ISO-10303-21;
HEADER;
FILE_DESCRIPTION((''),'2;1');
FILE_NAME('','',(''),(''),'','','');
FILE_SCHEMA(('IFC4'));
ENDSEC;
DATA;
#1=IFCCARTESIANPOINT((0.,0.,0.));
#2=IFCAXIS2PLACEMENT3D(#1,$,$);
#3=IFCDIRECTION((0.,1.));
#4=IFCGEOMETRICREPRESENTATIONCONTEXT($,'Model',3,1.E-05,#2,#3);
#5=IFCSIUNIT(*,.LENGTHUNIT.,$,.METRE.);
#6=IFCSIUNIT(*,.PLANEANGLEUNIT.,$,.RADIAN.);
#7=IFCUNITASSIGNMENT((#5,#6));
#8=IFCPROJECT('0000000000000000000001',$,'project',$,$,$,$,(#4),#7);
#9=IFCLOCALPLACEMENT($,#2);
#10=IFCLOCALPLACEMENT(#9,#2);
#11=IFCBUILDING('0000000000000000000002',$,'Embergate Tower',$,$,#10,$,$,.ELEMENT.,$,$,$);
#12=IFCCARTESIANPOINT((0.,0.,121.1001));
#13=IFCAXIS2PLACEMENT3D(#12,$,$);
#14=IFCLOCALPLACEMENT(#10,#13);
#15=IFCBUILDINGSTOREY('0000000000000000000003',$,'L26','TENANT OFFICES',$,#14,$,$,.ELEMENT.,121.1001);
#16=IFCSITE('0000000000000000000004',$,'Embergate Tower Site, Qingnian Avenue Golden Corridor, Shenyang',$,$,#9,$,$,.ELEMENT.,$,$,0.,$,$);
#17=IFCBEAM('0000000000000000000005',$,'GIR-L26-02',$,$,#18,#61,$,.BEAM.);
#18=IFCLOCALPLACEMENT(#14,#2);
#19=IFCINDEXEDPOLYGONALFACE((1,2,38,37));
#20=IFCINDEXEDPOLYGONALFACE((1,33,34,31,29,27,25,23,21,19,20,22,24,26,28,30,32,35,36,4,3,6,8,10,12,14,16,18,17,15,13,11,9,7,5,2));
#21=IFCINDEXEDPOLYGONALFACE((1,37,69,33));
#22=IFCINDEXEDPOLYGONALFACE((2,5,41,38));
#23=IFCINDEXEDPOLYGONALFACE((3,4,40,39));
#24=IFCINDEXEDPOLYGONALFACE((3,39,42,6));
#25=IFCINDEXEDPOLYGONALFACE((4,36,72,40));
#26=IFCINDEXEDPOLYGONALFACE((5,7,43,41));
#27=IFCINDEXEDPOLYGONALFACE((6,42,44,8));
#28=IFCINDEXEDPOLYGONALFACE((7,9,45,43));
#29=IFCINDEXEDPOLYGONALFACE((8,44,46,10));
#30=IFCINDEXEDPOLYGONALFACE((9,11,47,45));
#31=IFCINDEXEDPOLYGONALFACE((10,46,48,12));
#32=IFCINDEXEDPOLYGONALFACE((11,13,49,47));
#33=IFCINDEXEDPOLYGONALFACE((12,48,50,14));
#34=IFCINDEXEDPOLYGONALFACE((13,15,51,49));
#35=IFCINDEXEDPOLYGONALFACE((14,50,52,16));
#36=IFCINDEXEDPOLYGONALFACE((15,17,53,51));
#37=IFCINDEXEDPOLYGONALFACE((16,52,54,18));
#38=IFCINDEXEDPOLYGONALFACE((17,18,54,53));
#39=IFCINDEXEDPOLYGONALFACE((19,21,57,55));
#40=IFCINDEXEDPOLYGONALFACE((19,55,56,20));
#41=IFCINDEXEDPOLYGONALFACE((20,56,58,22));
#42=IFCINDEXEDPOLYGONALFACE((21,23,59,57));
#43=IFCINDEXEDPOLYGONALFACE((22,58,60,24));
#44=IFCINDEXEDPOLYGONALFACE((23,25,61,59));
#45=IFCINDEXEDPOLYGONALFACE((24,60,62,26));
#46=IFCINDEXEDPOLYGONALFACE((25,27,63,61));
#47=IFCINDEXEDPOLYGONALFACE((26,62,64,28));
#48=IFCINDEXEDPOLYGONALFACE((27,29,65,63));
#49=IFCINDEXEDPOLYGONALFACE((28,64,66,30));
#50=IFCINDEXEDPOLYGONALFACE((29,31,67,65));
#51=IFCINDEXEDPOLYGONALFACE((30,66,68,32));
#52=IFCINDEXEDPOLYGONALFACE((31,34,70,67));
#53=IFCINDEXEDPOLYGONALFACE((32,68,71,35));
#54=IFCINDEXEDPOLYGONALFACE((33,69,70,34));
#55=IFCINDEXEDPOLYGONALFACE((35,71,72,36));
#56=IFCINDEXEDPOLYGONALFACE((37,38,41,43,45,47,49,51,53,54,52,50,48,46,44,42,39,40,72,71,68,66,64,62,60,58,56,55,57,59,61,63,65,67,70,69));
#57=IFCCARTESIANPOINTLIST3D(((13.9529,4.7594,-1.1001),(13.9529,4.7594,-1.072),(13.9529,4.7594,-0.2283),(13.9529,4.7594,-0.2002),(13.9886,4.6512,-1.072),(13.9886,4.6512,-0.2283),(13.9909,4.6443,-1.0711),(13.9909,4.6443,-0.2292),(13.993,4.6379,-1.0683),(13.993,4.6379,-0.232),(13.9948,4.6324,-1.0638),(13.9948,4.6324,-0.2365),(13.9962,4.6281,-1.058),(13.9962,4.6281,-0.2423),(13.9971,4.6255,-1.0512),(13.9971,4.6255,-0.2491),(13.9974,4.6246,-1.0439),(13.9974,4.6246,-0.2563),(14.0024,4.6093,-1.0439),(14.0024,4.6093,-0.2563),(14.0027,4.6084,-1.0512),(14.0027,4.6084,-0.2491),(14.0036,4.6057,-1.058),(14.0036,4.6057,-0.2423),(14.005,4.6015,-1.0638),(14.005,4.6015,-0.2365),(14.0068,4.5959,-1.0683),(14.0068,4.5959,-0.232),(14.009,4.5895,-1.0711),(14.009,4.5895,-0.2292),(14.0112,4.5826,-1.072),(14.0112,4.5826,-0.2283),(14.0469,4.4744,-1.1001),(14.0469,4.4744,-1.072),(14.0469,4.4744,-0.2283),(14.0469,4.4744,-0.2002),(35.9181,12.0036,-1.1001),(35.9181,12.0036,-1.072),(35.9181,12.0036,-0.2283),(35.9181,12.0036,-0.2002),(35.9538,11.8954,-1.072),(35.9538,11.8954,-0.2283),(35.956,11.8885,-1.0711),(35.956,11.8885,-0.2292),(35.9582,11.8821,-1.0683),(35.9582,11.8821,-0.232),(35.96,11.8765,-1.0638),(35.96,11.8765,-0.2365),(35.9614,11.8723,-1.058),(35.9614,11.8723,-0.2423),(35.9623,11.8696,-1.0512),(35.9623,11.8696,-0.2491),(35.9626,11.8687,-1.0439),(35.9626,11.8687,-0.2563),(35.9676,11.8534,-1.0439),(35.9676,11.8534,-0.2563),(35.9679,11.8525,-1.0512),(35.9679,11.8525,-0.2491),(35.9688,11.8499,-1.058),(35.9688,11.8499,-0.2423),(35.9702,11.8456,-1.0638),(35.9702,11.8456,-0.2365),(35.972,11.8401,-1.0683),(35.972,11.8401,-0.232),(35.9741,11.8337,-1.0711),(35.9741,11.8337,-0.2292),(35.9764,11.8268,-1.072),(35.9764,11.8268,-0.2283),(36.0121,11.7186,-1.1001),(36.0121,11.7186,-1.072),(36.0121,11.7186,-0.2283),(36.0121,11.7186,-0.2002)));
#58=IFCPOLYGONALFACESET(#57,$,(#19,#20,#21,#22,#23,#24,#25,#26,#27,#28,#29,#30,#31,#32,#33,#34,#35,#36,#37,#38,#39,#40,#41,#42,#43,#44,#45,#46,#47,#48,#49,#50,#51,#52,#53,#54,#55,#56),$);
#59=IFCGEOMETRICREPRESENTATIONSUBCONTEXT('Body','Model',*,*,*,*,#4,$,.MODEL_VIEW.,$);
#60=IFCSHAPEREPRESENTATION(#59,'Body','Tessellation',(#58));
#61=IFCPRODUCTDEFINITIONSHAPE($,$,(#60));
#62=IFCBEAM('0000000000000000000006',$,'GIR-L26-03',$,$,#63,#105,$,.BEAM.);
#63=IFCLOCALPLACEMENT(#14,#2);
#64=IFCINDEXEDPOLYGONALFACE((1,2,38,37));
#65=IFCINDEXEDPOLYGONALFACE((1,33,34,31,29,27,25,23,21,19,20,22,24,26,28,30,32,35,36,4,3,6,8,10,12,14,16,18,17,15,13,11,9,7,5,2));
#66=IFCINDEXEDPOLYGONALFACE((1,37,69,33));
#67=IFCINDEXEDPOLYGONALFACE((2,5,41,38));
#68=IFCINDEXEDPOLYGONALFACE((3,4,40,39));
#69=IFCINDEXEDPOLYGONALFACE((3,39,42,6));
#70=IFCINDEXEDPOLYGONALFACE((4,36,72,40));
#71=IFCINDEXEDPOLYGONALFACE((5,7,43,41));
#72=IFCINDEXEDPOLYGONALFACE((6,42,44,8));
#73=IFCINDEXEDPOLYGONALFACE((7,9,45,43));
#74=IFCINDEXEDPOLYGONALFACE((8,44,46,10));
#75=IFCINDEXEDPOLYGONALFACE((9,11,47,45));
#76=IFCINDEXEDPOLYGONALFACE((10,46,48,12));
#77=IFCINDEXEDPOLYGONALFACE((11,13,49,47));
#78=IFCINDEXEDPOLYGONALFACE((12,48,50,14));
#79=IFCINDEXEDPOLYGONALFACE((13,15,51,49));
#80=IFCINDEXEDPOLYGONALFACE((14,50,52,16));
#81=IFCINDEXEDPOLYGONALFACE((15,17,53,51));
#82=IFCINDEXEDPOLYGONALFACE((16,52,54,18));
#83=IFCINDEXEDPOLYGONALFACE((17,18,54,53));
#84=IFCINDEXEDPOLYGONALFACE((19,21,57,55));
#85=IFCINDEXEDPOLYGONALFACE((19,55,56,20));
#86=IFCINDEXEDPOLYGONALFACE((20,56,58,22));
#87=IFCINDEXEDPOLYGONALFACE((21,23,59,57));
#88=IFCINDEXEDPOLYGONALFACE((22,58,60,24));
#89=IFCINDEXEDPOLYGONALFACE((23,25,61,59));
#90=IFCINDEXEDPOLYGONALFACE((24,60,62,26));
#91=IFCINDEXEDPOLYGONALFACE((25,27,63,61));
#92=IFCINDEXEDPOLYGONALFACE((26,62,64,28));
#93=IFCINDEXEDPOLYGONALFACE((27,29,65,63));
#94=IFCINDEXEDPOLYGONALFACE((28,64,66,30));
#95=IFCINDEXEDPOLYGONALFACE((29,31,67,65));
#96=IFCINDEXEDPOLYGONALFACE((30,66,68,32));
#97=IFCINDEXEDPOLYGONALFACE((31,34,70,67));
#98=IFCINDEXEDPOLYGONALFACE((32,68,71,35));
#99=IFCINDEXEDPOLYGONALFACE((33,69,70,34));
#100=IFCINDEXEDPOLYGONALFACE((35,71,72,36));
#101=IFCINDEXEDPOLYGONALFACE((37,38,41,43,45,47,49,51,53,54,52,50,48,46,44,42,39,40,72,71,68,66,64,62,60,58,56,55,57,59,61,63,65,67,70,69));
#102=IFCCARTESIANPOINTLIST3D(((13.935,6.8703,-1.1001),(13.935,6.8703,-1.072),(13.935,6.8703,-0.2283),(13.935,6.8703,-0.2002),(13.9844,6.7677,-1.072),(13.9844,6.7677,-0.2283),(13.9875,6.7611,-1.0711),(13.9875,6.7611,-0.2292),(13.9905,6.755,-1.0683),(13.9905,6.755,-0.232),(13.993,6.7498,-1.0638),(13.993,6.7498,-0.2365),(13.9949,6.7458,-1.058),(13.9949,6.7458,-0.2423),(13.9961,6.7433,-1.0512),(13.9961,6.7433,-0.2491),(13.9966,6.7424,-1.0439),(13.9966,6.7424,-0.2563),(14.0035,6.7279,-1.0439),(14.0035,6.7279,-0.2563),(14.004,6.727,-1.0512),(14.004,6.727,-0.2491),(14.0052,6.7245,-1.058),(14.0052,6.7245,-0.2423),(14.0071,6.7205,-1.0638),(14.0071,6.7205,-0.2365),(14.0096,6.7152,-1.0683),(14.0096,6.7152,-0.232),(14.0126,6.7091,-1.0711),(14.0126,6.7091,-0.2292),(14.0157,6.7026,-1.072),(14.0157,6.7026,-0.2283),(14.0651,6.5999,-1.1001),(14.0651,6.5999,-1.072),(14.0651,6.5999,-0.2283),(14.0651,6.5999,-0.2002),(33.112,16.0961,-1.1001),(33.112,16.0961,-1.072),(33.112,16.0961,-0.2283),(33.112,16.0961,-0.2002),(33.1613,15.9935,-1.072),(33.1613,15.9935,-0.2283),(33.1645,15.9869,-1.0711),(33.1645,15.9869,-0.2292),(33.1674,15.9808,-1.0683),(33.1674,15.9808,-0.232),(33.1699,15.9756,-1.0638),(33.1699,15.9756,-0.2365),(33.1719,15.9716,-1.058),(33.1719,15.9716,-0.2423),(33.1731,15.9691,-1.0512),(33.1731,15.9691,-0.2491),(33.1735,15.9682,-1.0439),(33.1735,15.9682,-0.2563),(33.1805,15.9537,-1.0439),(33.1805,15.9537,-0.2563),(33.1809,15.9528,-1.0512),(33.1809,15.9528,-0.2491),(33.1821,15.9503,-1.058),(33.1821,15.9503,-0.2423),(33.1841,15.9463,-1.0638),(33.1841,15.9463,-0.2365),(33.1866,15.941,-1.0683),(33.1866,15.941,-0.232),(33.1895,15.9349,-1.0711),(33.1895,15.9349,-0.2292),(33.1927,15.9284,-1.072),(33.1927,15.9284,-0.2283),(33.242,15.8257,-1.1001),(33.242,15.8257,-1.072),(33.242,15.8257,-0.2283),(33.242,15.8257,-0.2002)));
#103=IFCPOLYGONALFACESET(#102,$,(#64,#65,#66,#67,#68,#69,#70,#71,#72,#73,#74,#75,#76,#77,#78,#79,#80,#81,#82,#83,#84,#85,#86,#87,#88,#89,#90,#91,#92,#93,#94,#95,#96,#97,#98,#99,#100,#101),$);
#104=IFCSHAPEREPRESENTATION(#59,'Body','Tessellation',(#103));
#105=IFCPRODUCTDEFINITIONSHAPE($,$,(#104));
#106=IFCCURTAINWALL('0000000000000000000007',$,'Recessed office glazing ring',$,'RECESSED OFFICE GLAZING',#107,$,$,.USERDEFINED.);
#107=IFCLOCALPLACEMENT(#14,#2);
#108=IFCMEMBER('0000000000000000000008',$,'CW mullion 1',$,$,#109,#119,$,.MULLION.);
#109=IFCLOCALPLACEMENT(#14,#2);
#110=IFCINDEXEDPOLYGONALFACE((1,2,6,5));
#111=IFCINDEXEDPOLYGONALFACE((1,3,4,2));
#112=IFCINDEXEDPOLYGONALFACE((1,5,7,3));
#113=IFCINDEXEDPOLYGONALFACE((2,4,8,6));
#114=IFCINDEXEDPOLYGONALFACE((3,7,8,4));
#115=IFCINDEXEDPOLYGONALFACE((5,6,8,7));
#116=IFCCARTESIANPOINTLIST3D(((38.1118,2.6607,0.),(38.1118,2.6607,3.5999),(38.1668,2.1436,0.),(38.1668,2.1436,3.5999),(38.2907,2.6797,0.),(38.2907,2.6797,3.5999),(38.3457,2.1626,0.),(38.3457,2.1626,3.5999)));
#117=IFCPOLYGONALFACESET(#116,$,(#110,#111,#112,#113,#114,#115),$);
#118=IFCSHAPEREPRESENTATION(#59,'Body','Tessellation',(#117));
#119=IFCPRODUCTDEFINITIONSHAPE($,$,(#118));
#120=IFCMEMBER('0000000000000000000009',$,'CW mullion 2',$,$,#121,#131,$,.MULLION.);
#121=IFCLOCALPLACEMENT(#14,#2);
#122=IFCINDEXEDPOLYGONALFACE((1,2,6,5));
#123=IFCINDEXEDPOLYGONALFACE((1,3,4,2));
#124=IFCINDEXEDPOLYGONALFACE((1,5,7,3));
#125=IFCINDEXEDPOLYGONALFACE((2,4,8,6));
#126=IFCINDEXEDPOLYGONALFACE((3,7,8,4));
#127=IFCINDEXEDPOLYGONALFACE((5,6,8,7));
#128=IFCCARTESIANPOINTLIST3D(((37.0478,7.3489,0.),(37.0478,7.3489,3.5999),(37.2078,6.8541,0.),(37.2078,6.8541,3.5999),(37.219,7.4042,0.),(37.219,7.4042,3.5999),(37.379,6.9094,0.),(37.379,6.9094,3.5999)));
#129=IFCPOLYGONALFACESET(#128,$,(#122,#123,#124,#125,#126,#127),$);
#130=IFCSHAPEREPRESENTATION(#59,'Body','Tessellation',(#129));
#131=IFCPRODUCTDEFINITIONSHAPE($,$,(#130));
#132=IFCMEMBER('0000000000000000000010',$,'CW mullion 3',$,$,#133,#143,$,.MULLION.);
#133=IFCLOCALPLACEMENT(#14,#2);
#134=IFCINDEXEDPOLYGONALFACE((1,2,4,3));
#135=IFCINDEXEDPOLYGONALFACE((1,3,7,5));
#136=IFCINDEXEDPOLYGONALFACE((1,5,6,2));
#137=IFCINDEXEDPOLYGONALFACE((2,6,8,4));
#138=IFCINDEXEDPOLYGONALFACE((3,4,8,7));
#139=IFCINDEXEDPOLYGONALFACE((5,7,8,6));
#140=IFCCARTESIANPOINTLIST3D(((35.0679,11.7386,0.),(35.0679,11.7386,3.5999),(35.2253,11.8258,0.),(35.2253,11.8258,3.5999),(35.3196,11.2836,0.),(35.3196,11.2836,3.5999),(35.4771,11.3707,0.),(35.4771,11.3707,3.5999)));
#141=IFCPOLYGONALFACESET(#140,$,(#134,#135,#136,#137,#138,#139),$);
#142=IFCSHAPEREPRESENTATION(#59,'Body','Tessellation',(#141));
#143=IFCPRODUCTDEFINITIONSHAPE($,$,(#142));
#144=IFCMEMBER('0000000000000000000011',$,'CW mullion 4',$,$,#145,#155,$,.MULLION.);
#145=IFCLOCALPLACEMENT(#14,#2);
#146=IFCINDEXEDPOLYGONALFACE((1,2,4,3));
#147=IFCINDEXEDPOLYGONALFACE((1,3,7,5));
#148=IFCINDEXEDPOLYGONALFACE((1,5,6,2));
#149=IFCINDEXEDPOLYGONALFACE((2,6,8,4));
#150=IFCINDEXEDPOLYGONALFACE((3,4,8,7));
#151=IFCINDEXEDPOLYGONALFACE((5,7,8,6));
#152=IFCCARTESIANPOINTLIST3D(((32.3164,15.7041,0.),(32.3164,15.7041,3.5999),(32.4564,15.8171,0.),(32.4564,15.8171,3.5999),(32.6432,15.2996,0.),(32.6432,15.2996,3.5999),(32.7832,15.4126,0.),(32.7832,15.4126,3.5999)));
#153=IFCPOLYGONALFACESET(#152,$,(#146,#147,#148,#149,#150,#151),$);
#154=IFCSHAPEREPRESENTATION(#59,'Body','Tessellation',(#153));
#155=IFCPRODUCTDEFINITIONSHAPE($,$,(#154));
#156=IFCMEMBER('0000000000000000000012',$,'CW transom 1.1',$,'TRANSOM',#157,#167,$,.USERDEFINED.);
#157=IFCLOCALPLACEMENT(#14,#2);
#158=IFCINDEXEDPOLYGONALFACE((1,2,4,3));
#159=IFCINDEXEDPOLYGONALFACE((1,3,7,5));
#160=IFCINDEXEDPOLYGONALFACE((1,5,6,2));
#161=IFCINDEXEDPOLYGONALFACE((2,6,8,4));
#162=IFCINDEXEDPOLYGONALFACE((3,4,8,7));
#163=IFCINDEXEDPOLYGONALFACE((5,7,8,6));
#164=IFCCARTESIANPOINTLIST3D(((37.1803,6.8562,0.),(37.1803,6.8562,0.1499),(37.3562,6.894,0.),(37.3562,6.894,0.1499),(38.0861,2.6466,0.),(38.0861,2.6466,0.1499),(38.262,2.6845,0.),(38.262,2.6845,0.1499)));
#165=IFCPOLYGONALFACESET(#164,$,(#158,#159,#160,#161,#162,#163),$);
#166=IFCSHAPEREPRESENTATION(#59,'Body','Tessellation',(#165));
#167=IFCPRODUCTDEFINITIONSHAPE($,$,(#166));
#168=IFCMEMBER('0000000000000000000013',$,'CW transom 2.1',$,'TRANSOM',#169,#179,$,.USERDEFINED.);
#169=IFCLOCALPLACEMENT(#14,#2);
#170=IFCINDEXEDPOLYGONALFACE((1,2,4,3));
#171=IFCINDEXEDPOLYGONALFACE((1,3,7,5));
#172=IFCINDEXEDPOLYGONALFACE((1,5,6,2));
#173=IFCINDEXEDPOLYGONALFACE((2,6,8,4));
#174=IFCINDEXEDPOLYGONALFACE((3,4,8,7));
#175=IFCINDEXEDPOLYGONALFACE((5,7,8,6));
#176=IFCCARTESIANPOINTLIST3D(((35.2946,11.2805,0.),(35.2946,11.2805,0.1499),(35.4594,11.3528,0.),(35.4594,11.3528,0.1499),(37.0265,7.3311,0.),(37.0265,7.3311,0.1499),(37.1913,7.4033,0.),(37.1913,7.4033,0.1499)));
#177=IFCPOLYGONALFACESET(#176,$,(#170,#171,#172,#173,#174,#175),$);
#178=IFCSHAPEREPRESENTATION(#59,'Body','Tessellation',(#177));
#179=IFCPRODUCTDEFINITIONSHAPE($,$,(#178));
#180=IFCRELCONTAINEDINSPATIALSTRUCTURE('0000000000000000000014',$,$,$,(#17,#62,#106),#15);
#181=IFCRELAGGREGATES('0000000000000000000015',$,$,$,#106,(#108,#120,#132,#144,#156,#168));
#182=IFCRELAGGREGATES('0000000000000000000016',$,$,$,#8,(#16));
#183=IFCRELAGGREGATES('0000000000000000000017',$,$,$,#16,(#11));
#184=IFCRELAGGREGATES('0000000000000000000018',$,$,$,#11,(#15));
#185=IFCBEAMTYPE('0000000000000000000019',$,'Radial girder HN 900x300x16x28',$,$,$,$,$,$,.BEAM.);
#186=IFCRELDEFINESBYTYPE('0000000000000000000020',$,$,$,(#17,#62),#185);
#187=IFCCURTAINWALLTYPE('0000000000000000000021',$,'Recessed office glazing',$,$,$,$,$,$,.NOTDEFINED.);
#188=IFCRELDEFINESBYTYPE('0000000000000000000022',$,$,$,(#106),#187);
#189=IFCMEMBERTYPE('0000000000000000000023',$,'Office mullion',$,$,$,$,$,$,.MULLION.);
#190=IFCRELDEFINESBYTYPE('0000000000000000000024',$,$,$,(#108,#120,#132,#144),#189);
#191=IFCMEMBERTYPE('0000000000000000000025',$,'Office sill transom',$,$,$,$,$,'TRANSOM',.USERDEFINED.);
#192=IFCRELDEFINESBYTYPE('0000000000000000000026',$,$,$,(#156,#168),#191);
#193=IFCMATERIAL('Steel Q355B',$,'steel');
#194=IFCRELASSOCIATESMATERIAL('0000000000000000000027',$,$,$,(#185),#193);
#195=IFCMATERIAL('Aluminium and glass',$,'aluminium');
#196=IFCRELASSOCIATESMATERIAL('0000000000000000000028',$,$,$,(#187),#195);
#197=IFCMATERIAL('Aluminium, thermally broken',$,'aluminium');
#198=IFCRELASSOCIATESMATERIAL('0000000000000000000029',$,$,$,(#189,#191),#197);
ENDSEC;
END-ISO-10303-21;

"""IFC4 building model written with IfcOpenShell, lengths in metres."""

from ifc_helpers import new_model, si_unit, direction, frame, origin, origin_2d, place, context, subcontext, project, spatial, rectangle, i_section, extrude, source, transform, mapped, material, material_profile, profile_set, type_object, element, aggregate, save


model = new_model("IFC4")

# Units and contexts
model_context = context("Model", 3, precision=1e-05, world=origin(), true_north=direction((0.0, 1.0)))
body_context = subcontext(model_context, "Body", "Model", "MODEL_VIEW")
ifc_project = project(units=[si_unit("LENGTHUNIT", "METRE"), si_unit("PLANEANGLEUNIT", "RADIAN")], contexts=[model_context])

# Site, building, storey
site_placement = place(None, origin())
site = spatial("IfcSite", under=ifc_project, at=site_placement, Name="Embergate Tower Site, Qingnian Avenue Golden Corridor, Shenyang", CompositionType="ELEMENT", RefElevation=0.0)
building_placement = place(site_placement, origin())
building = spatial("IfcBuilding", under=site, at=building_placement, Name="Embergate Tower", CompositionType="ELEMENT")
storey_placement = place(building_placement, frame((0.0, 0.0, 121.1001)))
storey = spatial("IfcBuildingStorey", under=building, at=storey_placement, Name="L26", Description="TENANT OFFICES", CompositionType="ELEMENT", Elevation=121.1001)

# Beams
ifc_material_1 = material(Name="Steel Q355B", Category="steel")
ifc_material_profile_1 = material_profile(ifc_material_1, i_section(OverallWidth=0.3, OverallDepth=0.8999, WebThickness=0.0161, FlangeThickness=0.0281, FilletRadius=0.0281, at=origin_2d()), Name="HN 900x300x16x28")
ifc_profile_set_1 = profile_set([ifc_material_profile_1], Name="Steel Q355 grade B")
beam_type_1 = type_object("IfcBeamType", Name="Radial girder HN 900x300x16x28", PredefinedType="BEAM", material=ifc_profile_set_1)
shared_shape_1 = source(origin(), body_context, "Body", "SweptSolid", [
    extrude(i_section(OverallWidth=0.3, OverallDepth=0.8999, WebThickness=0.0161, FlangeThickness=0.0281, FilletRadius=0.0281, at=origin_2d()), origin(), (0.0, 0.0, 1.0), 23.1289),
])
beam_1_placement = place(storey_placement, frame((35.9651, 11.8611, -0.6501), z_axis=(-0.949684, -0.313208, 0.0), x_axis=(0.313208, -0.949684, 0.0)))
element("IfcBeam", 1, at=beam_1_placement, inside=storey, type_object=beam_type_1, Name="GIR-L26-02", PredefinedType="BEAM", context=body_context, shape_type="MappedRepresentation", body=[
    mapped(shared_shape_1, transform((0.0, 0.0, 0.0))),
])
shared_shape_2 = source(origin(), body_context, "Body", "SweptSolid", [
    extrude(i_section(OverallWidth=0.3, OverallDepth=0.8999, WebThickness=0.0161, FlangeThickness=0.0281, FilletRadius=0.0281, at=origin_2d()), origin(), (0.0, 0.0, 1.0), 21.2808),
])
beam_2_placement = place(storey_placement, frame((33.177, 15.9609, -0.6501), z_axis=(-0.90114, -0.433528, 0.0), x_axis=(0.433528, -0.90114, 0.0)))
element("IfcBeam", 2, at=beam_2_placement, inside=storey, type_object=beam_type_1, Name="GIR-L26-03", PredefinedType="BEAM", context=body_context, shape_type="MappedRepresentation", body=[
    mapped(shared_shape_2, transform((0.0, 0.0, 0.0))),
])

# Curtain wall, members
ifc_material_2 = material(Name="Aluminium and glass", Category="aluminium")
curtain_wall_type = type_object("IfcCurtainWallType", Name="Recessed office glazing", PredefinedType="NOTDEFINED", material=ifc_material_2)
curtain_wall_placement = place(storey_placement, origin())
curtain_wall = element("IfcCurtainWall", 3, at=curtain_wall_placement, inside=storey, type_object=curtain_wall_type, Name="Recessed office glazing ring", ObjectType="RECESSED OFFICE GLAZING", PredefinedType="USERDEFINED")
ifc_material_3 = material(Name="Aluminium, thermally broken", Category="aluminium")
ifc_material_profile_2 = material_profile(ifc_material_3, rectangle(XDim=0.1799, YDim=0.52, at=origin_2d()), Name="AL 520x180")
ifc_profile_set_2 = profile_set([ifc_material_profile_2], Name="Aluminium, thermally broken")
member_type_1 = type_object("IfcMemberType", Name="Office mullion", PredefinedType="MULLION", material=ifc_profile_set_2)
shared_shape_3 = source(origin(), body_context, "Body", "SweptSolid", [
    extrude(rectangle(XDim=0.1799, YDim=0.52, at=origin_2d()), origin(), (0.0, 0.0, 1.0), 3.5999),
])
member_1_placement = place(storey_placement, frame((38.2288, 2.4116, 0.0), z_axis=(0.0, 0.0, 1.0), x_axis=(-0.994385, -0.105822, 0.0)))
member_1 = element("IfcMember", 4, at=member_1_placement, type_object=member_type_1, Name="CW mullion 1", PredefinedType="MULLION", context=body_context, shape_type="MappedRepresentation", body=[
    mapped(shared_shape_3, transform((0.0, 0.0, 0.0))),
])
member_2_placement = place(storey_placement, frame((37.2134, 7.1292, 0.0), z_axis=(0.0, 0.0, 1.0), x_axis=(-0.951499, -0.307652, 0.0)))
member_2 = element("IfcMember", 5, at=member_2_placement, type_object=member_type_1, Name="CW mullion 2", PredefinedType="MULLION", context=body_context, shape_type="MappedRepresentation", body=[
    mapped(shared_shape_3, transform((0.0, 0.0, 0.0))),
])
member_3_placement = place(storey_placement, frame((35.2725, 11.5547, 0.0), z_axis=(0.0, 0.0, 1.0), x_axis=(-0.875004, -0.484116, 0.0)))
member_3 = element("IfcMember", 6, at=member_3_placement, type_object=member_type_1, Name="CW mullion 3", PredefinedType="MULLION", context=body_context, shape_type="MappedRepresentation", body=[
    mapped(shared_shape_3, transform((0.0, 0.0, 0.0))),
])
member_4_placement = place(storey_placement, frame((32.5498, 15.5583, 0.0), z_axis=(0.0, 0.0, 1.0), x_axis=(-0.777875, -0.628419, 0.0)))
member_4 = element("IfcMember", 7, at=member_4_placement, type_object=member_type_1, Name="CW mullion 4", PredefinedType="MULLION", context=body_context, shape_type="MappedRepresentation", body=[
    mapped(shared_shape_3, transform((0.0, 0.0, 0.0))),
])
ifc_material_profile_3 = material_profile(ifc_material_3, rectangle(XDim=0.1799, YDim=0.1499, at=origin_2d()), Name="AL 150x180")
ifc_profile_set_3 = profile_set([ifc_material_profile_3], Name="Aluminium, thermally broken")
member_type_2 = type_object("IfcMemberType", Name="Office sill transom", ElementType="TRANSOM", PredefinedType="USERDEFINED", material=ifc_profile_set_3)
shared_shape_4 = source(origin(), body_context, "Body", "SweptSolid", [
    extrude(rectangle(XDim=0.1799, YDim=0.1499, at=origin_2d()), origin(), (0.0, 0.0, 1.0), 4.3059),
])
member_5_placement = place(storey_placement, frame((38.1741, 2.6655, 0.075), z_axis=(-0.210358, 0.977624, 0.0), x_axis=(-0.977624, -0.210358, 0.0)))
member_5 = element("IfcMember", 8, at=member_5_placement, type_object=member_type_2, Name="CW transom 1.1", ObjectType="TRANSOM", PredefinedType="USERDEFINED", context=body_context, shape_type="MappedRepresentation", body=[
    mapped(shared_shape_4, transform((0.0, 0.0, 0.0))),
])
shared_shape_5 = source(origin(), body_context, "Body", "SweptSolid", [
    extrude(rectangle(XDim=0.1799, YDim=0.1499, at=origin_2d()), origin(), (0.0, 0.0, 1.0), 4.3125),
])
member_6_placement = place(storey_placement, frame((37.1089, 7.3672, 0.075), z_axis=(-0.401606, 0.915813, 0.0), x_axis=(-0.915813, -0.401606, 0.0)))
member_6 = element("IfcMember", 9, at=member_6_placement, type_object=member_type_2, Name="CW transom 2.1", ObjectType="TRANSOM", PredefinedType="USERDEFINED", context=body_context, shape_type="MappedRepresentation", body=[
    mapped(shared_shape_5, transform((0.0, 0.0, 0.0))),
])
aggregate(curtain_wall, [member_1, member_2, member_3, member_4, member_5, member_6])

save(model, "model.ifc")
